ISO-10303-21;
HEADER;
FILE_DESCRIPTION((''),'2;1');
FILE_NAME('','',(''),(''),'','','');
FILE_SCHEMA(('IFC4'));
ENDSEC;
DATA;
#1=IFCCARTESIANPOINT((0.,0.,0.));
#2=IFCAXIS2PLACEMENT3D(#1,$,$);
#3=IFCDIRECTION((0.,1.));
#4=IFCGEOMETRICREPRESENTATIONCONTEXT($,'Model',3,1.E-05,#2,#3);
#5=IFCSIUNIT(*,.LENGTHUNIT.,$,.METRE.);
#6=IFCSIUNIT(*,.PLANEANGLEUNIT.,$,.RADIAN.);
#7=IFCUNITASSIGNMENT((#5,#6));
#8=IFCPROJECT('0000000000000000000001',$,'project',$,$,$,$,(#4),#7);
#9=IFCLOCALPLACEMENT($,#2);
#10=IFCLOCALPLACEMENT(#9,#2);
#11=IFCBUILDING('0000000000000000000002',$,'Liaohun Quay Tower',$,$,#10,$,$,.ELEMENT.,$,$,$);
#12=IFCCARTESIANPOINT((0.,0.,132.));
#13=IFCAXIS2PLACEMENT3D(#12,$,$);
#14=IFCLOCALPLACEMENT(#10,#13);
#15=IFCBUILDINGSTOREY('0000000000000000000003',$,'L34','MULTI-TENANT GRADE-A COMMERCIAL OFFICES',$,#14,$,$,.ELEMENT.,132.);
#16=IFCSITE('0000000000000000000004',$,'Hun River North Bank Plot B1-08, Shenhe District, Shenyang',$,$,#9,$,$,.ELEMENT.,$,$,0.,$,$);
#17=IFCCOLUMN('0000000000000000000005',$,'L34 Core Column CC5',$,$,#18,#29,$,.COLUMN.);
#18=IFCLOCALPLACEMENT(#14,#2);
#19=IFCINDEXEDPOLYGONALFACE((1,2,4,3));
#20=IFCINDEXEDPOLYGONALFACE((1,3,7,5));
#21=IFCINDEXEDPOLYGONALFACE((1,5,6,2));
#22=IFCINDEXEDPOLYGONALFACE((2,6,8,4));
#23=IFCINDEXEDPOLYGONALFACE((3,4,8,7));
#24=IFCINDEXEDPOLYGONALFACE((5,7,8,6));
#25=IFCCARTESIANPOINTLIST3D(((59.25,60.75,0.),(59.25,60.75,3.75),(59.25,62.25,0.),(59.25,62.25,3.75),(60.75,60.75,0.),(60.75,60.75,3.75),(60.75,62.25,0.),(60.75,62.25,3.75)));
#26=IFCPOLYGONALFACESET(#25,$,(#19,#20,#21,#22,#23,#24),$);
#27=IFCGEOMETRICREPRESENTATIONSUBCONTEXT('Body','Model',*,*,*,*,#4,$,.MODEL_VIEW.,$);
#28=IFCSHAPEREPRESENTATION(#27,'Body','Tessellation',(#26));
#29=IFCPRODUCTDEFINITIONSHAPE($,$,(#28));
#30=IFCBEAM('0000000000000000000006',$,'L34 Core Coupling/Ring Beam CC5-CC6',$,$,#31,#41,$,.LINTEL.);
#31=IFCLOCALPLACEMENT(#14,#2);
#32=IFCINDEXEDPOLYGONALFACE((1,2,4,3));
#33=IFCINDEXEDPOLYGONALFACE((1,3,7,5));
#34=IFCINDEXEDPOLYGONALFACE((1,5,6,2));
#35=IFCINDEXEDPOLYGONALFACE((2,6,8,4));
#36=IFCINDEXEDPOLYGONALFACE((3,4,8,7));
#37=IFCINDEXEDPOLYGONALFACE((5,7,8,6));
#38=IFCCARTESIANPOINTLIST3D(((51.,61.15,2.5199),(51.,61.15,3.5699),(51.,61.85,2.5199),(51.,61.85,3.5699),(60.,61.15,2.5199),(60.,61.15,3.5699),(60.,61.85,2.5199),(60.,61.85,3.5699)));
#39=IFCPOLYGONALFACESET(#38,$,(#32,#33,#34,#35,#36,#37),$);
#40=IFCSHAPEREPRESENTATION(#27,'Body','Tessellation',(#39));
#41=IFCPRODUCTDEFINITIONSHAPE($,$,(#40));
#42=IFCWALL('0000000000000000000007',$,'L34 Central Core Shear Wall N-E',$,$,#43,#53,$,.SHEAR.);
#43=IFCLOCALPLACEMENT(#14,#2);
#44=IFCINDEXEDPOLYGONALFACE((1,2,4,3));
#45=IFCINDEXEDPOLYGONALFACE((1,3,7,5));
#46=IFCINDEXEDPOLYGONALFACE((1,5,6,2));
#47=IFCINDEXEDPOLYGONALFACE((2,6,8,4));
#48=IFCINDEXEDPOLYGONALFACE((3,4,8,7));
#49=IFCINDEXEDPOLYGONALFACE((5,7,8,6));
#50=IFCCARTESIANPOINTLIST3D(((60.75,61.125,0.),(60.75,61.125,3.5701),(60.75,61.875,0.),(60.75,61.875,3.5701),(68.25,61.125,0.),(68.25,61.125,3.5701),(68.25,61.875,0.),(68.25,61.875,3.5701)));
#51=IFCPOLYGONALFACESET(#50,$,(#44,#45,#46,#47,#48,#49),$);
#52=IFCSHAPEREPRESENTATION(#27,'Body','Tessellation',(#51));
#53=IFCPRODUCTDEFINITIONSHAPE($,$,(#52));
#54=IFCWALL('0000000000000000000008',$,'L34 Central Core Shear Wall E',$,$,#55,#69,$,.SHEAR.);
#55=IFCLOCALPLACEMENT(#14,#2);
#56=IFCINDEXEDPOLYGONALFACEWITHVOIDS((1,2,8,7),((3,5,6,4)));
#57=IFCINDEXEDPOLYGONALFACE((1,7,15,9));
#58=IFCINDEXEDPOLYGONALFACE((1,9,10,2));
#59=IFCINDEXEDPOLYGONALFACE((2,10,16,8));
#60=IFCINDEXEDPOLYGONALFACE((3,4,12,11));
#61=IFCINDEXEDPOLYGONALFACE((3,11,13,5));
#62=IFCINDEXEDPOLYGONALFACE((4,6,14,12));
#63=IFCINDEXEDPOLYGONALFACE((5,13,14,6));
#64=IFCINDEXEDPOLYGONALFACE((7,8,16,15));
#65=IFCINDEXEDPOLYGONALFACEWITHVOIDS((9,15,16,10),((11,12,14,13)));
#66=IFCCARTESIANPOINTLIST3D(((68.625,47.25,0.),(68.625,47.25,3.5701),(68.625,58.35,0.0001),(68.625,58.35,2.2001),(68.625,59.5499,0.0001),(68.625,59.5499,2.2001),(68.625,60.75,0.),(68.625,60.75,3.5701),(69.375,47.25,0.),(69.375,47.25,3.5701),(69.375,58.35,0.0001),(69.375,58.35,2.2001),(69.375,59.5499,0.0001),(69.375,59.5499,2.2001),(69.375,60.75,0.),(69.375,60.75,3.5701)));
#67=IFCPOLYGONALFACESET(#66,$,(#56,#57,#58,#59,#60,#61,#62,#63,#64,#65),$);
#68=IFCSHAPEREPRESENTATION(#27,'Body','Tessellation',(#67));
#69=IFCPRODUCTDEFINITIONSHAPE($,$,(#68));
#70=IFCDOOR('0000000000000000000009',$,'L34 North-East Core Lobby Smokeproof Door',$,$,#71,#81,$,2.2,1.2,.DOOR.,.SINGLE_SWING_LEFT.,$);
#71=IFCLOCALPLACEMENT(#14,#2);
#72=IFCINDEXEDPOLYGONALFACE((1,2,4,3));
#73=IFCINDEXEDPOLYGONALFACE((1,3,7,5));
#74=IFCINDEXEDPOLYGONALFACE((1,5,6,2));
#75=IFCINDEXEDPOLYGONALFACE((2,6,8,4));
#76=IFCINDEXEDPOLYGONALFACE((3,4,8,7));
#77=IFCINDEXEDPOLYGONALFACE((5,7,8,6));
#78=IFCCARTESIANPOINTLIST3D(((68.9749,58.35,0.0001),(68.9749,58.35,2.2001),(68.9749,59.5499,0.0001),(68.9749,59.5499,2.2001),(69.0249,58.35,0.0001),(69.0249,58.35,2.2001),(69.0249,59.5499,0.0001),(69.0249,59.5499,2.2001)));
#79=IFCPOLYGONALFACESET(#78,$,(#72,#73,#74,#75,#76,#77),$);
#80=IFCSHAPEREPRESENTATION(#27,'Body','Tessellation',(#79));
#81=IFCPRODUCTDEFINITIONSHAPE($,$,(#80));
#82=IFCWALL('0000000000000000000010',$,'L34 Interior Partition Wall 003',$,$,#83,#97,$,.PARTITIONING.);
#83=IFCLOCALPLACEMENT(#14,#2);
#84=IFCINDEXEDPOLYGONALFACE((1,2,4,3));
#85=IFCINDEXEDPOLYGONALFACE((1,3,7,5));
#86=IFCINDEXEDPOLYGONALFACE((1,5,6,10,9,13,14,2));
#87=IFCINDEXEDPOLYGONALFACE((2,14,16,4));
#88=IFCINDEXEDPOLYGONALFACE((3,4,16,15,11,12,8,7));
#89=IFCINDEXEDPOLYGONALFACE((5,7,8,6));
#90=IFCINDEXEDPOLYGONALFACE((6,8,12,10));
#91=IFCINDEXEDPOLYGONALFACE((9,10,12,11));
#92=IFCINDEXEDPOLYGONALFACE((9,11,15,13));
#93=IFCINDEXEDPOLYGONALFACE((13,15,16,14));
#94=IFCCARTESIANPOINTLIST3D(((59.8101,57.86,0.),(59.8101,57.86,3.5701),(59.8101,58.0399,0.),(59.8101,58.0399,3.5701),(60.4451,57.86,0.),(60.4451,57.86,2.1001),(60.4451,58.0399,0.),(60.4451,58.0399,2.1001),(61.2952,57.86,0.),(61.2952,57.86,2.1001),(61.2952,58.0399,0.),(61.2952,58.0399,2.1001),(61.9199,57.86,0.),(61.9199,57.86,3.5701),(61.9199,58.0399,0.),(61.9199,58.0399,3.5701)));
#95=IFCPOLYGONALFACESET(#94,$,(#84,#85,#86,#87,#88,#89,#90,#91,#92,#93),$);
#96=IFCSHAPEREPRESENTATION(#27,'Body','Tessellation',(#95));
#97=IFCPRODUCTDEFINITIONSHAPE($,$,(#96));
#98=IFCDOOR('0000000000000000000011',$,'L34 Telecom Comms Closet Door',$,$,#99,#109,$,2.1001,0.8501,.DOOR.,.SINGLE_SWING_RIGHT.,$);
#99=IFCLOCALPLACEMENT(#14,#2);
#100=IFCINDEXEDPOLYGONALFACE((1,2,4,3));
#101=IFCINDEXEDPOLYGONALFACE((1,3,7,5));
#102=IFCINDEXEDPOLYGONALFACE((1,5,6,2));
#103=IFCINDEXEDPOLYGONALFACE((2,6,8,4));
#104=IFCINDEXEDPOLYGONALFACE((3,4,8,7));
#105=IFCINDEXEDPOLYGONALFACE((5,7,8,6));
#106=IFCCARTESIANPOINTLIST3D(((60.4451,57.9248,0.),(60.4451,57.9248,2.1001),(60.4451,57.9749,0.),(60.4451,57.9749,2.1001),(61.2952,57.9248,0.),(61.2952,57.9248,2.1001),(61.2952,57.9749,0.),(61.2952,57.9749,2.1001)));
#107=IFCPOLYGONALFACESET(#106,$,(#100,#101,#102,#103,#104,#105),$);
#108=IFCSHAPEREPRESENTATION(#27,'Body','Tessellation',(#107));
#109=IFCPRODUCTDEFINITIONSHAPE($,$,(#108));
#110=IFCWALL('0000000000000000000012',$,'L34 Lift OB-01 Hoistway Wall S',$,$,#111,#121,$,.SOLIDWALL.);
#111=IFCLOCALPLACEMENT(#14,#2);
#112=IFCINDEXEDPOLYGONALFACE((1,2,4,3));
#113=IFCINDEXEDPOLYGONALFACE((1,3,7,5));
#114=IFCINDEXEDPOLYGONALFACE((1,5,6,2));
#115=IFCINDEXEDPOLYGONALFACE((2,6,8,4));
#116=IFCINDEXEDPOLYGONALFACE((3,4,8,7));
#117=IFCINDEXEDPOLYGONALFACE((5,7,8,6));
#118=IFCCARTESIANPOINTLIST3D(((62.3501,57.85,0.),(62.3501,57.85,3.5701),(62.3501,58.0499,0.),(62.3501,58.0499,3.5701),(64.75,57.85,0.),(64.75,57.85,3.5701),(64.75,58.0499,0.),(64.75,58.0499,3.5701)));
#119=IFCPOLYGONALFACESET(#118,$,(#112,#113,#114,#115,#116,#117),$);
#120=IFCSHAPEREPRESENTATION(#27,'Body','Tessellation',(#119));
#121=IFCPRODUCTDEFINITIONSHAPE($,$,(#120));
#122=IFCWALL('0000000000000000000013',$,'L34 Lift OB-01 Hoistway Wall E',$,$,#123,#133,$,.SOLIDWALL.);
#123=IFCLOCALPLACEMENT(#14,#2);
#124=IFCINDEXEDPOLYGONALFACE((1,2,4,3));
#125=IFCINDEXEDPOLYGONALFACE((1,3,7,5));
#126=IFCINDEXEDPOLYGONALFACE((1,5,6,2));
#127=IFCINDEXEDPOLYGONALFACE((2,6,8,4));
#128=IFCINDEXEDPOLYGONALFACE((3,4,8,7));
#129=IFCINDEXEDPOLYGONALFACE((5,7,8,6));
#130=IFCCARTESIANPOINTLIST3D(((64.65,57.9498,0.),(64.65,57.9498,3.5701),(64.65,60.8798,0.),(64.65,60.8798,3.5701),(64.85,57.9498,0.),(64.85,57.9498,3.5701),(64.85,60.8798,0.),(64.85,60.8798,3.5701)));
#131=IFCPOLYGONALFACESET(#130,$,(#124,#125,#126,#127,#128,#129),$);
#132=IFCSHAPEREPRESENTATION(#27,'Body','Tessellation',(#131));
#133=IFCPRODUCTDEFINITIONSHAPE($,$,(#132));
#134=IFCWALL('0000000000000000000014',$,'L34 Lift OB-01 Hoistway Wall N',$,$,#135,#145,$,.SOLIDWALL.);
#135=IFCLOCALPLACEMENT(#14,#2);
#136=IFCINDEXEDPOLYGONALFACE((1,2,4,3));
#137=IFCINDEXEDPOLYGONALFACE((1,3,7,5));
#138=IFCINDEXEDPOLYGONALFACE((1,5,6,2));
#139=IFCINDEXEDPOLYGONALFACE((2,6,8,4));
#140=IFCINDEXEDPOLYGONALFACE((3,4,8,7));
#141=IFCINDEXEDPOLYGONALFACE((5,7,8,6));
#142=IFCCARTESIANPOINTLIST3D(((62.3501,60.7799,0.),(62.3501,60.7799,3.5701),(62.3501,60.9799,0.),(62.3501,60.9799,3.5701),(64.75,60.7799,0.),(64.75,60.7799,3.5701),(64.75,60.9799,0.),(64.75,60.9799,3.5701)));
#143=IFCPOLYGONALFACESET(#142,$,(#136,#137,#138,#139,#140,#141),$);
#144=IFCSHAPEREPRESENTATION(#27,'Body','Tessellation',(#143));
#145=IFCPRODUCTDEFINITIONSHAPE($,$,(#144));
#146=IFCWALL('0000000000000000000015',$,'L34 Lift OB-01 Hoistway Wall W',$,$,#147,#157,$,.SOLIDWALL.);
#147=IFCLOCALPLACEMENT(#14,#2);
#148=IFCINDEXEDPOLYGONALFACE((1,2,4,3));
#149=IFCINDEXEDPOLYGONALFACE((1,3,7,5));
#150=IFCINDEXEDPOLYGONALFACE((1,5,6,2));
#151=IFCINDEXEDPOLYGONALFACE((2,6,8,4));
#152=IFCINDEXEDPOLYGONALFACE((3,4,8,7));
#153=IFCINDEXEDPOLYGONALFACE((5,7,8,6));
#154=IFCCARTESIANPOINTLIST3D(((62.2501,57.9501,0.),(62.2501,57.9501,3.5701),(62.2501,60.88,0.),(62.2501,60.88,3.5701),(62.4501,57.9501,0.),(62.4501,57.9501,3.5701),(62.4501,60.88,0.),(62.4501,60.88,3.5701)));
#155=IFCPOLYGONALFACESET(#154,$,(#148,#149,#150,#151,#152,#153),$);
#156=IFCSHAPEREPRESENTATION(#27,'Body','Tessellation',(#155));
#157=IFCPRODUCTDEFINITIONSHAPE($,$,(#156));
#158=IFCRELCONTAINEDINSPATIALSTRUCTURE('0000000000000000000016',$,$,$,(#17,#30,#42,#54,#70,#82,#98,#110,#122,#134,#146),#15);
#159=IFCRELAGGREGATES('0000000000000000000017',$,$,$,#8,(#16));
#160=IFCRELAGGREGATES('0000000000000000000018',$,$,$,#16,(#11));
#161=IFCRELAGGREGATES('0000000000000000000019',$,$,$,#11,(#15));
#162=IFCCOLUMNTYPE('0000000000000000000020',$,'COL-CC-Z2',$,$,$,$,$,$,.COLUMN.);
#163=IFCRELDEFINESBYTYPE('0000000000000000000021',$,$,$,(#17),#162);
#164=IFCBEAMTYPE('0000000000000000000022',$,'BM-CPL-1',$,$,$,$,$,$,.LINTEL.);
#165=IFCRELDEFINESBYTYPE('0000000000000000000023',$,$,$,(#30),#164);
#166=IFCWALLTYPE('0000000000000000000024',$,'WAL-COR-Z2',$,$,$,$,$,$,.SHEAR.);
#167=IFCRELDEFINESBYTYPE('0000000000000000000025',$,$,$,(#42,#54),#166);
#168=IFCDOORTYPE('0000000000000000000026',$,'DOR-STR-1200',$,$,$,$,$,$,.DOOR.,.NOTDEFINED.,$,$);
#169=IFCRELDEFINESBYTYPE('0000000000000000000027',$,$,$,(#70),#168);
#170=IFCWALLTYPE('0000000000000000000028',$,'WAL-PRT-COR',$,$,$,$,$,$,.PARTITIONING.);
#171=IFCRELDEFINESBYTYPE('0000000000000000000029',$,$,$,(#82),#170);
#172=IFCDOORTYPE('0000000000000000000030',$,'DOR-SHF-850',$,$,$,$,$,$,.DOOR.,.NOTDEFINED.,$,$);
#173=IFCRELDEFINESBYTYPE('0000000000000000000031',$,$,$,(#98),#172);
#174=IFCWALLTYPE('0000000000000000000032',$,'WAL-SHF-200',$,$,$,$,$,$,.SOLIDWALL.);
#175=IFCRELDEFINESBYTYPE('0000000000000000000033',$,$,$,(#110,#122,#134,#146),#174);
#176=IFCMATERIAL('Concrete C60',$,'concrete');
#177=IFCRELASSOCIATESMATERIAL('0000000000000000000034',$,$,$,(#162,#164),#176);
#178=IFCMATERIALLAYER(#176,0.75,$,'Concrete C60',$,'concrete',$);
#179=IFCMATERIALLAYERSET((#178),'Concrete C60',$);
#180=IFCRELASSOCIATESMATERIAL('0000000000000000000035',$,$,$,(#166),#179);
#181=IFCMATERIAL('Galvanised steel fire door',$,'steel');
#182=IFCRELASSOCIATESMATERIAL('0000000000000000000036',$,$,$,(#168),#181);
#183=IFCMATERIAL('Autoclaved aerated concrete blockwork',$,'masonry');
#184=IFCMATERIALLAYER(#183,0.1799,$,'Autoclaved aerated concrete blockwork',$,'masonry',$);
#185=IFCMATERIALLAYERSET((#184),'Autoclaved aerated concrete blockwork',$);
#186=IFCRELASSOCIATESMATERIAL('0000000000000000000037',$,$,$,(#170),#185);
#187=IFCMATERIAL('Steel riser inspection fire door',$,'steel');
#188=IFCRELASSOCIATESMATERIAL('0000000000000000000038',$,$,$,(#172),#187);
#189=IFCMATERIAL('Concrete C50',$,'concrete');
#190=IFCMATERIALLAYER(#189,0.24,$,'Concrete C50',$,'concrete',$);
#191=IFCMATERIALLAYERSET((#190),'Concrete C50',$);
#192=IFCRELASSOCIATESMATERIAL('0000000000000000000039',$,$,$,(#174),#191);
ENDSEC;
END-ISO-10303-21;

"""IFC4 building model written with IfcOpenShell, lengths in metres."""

from ifc_helpers import new_model, si_unit, direction, frame, frame_2d, origin, origin_2d, place, context, subcontext, project, spatial, rectangle, extrude, source, transform, mapped, material, layer, layer_set, material_profile, profile_set, type_object, element, fill, save


model = new_model("IFC4")

# Units and contexts
model_context = context("Model", 3, precision=1e-05, world=origin(), true_north=direction((0.0, 1.0)))
body_context = subcontext(model_context, "Body", "Model", "MODEL_VIEW")
ifc_project = project(units=[si_unit("LENGTHUNIT", "METRE"), si_unit("PLANEANGLEUNIT", "RADIAN")], contexts=[model_context])

# Site, building, storey
site_placement = place(None, origin())
site = spatial("IfcSite", under=ifc_project, at=site_placement, Name="Hun River North Bank Plot B1-08, Shenhe District, Shenyang", CompositionType="ELEMENT", RefElevation=0.0)
building_placement = place(site_placement, origin())
building = spatial("IfcBuilding", under=site, at=building_placement, Name="Liaohun Quay Tower", CompositionType="ELEMENT")
storey_placement = place(building_placement, frame((0.0, 0.0, 132.0)))
storey = spatial("IfcBuildingStorey", under=building, at=storey_placement, Name="L34", Description="MULTI-TENANT GRADE-A COMMERCIAL OFFICES", CompositionType="ELEMENT", Elevation=132.0)

# Column
ifc_material_1 = material(Name="Concrete C60", Category="concrete")
ifc_material_profile_1 = material_profile(ifc_material_1, rectangle(XDim=1.5, YDim=1.5, at=origin_2d()), Name="RC1500x1500")
ifc_profile_set_1 = profile_set([ifc_material_profile_1], Name="Concrete C60")
column_type = type_object("IfcColumnType", Name="COL-CC-Z2", PredefinedType="COLUMN", material=ifc_profile_set_1)
shared_shape_1 = source(origin(), body_context, "Body", "SweptSolid", [
    extrude(rectangle(XDim=1.5, YDim=1.5, at=origin_2d()), origin(), (0.0, 0.0, 1.0), 3.75),
])
column_placement = place(storey_placement, frame((60.0, 61.5, 0.0), z_axis=(0.0, 0.0, 1.0), x_axis=(1.0, 0.0, 0.0)))
element("IfcColumn", 1, at=column_placement, inside=storey, type_object=column_type, Name="L34 Core Column CC5", PredefinedType="COLUMN", context=body_context, shape_type="MappedRepresentation", body=[
    mapped(shared_shape_1, transform((0.0, 0.0, 0.0), x_axis=(1.0, 0.0, 0.0), y_axis=(0.0, 1.0, 0.0), z_axis=(0.0, 0.0, 1.0), scale=1.0)),
])

# Beam
ifc_material_profile_2 = material_profile(ifc_material_1, rectangle(XDim=0.7, YDim=1.05, at=origin_2d()), Name="RC700x1050")
ifc_profile_set_2 = profile_set([ifc_material_profile_2], Name="Concrete C60")
beam_type = type_object("IfcBeamType", Name="BM-CPL-1", PredefinedType="LINTEL", material=ifc_profile_set_2)
shared_shape_2 = source(origin(), body_context, "Body", "SweptSolid", [
    extrude(rectangle(XDim=0.7, YDim=1.05, at=origin_2d()), origin(), (0.0, 0.0, 1.0), 9.0),
])
beam_placement = place(storey_placement, frame((60.0, 61.5, 3.0449), z_axis=(-1.0, 0.0, 0.0), x_axis=(0.0, -1.0, 0.0)))
element("IfcBeam", 2, at=beam_placement, inside=storey, type_object=beam_type, Name="L34 Core Coupling/Ring Beam CC5-CC6", PredefinedType="LINTEL", context=body_context, shape_type="MappedRepresentation", body=[
    mapped(shared_shape_2, transform((0.0, 0.0, 0.0), x_axis=(1.0, 0.0, 0.0), y_axis=(0.0, 1.0, 0.0), z_axis=(0.0, 0.0, 1.0), scale=1.0)),
])

# Wall
ifc_layer_1 = layer(ifc_material_1, 0.75, Name="Concrete C60", Category="concrete")
ifc_layer_set_1 = layer_set([ifc_layer_1], Name="Concrete C60")
wall_type_1 = type_object("IfcWallType", Name="WAL-COR-Z2", PredefinedType="SHEAR", material=ifc_layer_set_1)
wall_1_placement = place(storey_placement, frame((60.75, 61.5, 0.0), z_axis=(0.0, 0.0, 1.0), x_axis=(1.0, 0.0, 0.0)))
element("IfcWall", 3, at=wall_1_placement, inside=storey, type_object=wall_type_1, Name="L34 Central Core Shear Wall N-E", PredefinedType="SHEAR", context=body_context, shape_type="SweptSolid", body=[
    extrude(rectangle(XDim=7.5, YDim=0.75, at=frame_2d((3.75, 0.0))), origin(), (0.0, 0.0, 1.0), 3.5701),
])

# Walls, openings, doors
wall_2_placement = place(storey_placement, frame((69.0, 60.75, 0.0), z_axis=(0.0, 0.0, 1.0), x_axis=(0.0, -1.0, 0.0)))
wall_2 = element("IfcWall", 4, at=wall_2_placement, inside=storey, type_object=wall_type_1, Name="L34 Central Core Shear Wall E", PredefinedType="SHEAR", context=body_context, shape_type="SweptSolid", body=[
    extrude(rectangle(XDim=13.5, YDim=0.75, at=frame_2d((6.75, 0.0))), origin(), (0.0, 0.0, 1.0), 3.5701),
])
shared_shape_3 = source(origin(), body_context, "Body", "SweptSolid", [
    extrude(rectangle(XDim=1.2, YDim=2.2, at=frame_2d((0.6001, 1.1001))), frame((0.0, 0.385, 0.0), z_axis=(0.0, -1.0, 0.0), x_axis=(1.0, 0.0, 0.0)), (0.0, 0.0, 1.0), 0.77),
])
opening_1_placement = place(wall_2_placement, frame((1.2, 0.0, 0.0)))
opening_1 = element("IfcOpeningElement", 5, at=opening_1_placement, cuts=wall_2, PredefinedType="OPENING", context=body_context, shape_type="MappedRepresentation", body=[
    mapped(shared_shape_3, transform((0.0, 0.0, 0.0), x_axis=(1.0, 0.0, 0.0), y_axis=(0.0, 1.0, 0.0), z_axis=(0.0, 0.0, 1.0), scale=1.0)),
])
ifc_material_2 = material(Name="Galvanised steel fire door", Category="steel")
door_type_1 = type_object("IfcDoorType", Name="DOR-STR-1200", OperationType="NOTDEFINED", PredefinedType="DOOR", material=ifc_material_2)
shared_shape_4 = source(origin(), body_context, "Body", "SweptSolid", [
    extrude(rectangle(XDim=1.2, YDim=2.2, at=frame_2d((0.6001, 1.1001))), frame((0.0, 0.0249, 0.0), z_axis=(0.0, -1.0, 0.0), x_axis=(1.0, 0.0, 0.0)), (0.0, 0.0, 1.0), 0.05),
])
door_1_placement = place(opening_1_placement, origin())
door_1 = element("IfcDoor", 6, at=door_1_placement, inside=storey, type_object=door_type_1, Name="L34 North-East Core Lobby Smokeproof Door", OperationType="SINGLE_SWING_LEFT", OverallHeight=2.2, OverallWidth=1.2, PredefinedType="DOOR", context=body_context, shape_type="MappedRepresentation", body=[
    mapped(shared_shape_4, transform((0.0, 0.0, 0.0), x_axis=(1.0, 0.0, 0.0), y_axis=(0.0, 1.0, 0.0), z_axis=(0.0, 0.0, 1.0), scale=1.0)),
])
fill(opening_1, door_1)
ifc_material_3 = material(Name="Autoclaved aerated concrete blockwork", Category="masonry")
ifc_layer_2 = layer(ifc_material_3, 0.1799, Name="Autoclaved aerated concrete blockwork", Category="masonry")
ifc_layer_set_2 = layer_set([ifc_layer_2], Name="Autoclaved aerated concrete blockwork")
wall_type_2 = type_object("IfcWallType", Name="WAL-PRT-COR", PredefinedType="PARTITIONING", material=ifc_layer_set_2)
wall_3_placement = place(storey_placement, frame((59.8101, 57.95, 0.0), z_axis=(0.0, 0.0, 1.0), x_axis=(1.0, 0.0, 0.0)))
wall_3 = element("IfcWall", 7, at=wall_3_placement, inside=storey, type_object=wall_type_2, Name="L34 Interior Partition Wall 003", PredefinedType="PARTITIONING", context=body_context, shape_type="SweptSolid", body=[
    extrude(rectangle(XDim=2.1099, YDim=0.1799, at=frame_2d((1.0549, 0.0))), origin(), (0.0, 0.0, 1.0), 3.5701),
])
shared_shape_5 = source(origin(), body_context, "Body", "SweptSolid", [
    extrude(rectangle(XDim=0.8501, YDim=2.1001, at=frame_2d((0.425, 1.05))), frame((0.0, 0.0999, 0.0), z_axis=(0.0, -1.0, 0.0), x_axis=(1.0, 0.0, 0.0)), (0.0, 0.0, 1.0), 0.2),
])
opening_2_placement = place(wall_3_placement, frame((0.635, 0.0, 0.0)))
opening_2 = element("IfcOpeningElement", 8, at=opening_2_placement, cuts=wall_3, PredefinedType="OPENING", context=body_context, shape_type="MappedRepresentation", body=[
    mapped(shared_shape_5, transform((0.0, 0.0, 0.0), x_axis=(1.0, 0.0, 0.0), y_axis=(0.0, 1.0, 0.0), z_axis=(0.0, 0.0, 1.0), scale=1.0)),
])
ifc_material_4 = material(Name="Steel riser inspection fire door", Category="steel")
door_type_2 = type_object("IfcDoorType", Name="DOR-SHF-850", OperationType="NOTDEFINED", PredefinedType="DOOR", material=ifc_material_4)
shared_shape_6 = source(origin(), body_context, "Body", "SweptSolid", [
    extrude(rectangle(XDim=0.8501, YDim=2.1001, at=frame_2d((0.425, 1.05))), frame((0.0, 0.0249, 0.0), z_axis=(0.0, -1.0, 0.0), x_axis=(1.0, 0.0, 0.0)), (0.0, 0.0, 1.0), 0.05),
])
door_2_placement = place(opening_2_placement, origin())
door_2 = element("IfcDoor", 9, at=door_2_placement, inside=storey, type_object=door_type_2, Name="L34 Telecom Comms Closet Door", OperationType="SINGLE_SWING_RIGHT", OverallHeight=2.1001, OverallWidth=0.8501, PredefinedType="DOOR", context=body_context, shape_type="MappedRepresentation", body=[
    mapped(shared_shape_6, transform((0.0, 0.0, 0.0), x_axis=(1.0, 0.0, 0.0), y_axis=(0.0, 1.0, 0.0), z_axis=(0.0, 0.0, 1.0), scale=1.0)),
])
fill(opening_2, door_2)

# Walls
ifc_material_5 = material(Name="Concrete C50", Category="concrete")
ifc_layer_3 = layer(ifc_material_5, 0.24, Name="Concrete C50", Category="concrete")
ifc_layer_set_3 = layer_set([ifc_layer_3], Name="Concrete C50")
wall_type_3 = type_object("IfcWallType", Name="WAL-SHF-200", PredefinedType="SOLIDWALL", material=ifc_layer_set_3)
wall_4_placement = place(storey_placement, frame((62.3501, 57.95, 0.0), z_axis=(0.0, 0.0, 1.0), x_axis=(1.0, 0.0, 0.0)))
element("IfcWall", 10, at=wall_4_placement, inside=storey, type_object=wall_type_3, Name="L34 Lift OB-01 Hoistway Wall S", PredefinedType="SOLIDWALL", context=body_context, shape_type="SweptSolid", body=[
    extrude(rectangle(XDim=2.3999, YDim=0.2, at=frame_2d((1.2, 0.0))), origin(), (0.0, 0.0, 1.0), 3.5701),
])
wall_5_placement = place(storey_placement, frame((64.75, 57.95, 0.0), z_axis=(0.0, 0.0, 1.0), x_axis=(0.0, 1.0, 0.0)))
element("IfcWall", 11, at=wall_5_placement, inside=storey, type_object=wall_type_3, Name="L34 Lift OB-01 Hoistway Wall E", PredefinedType="SOLIDWALL", context=body_context, shape_type="SweptSolid", body=[
    extrude(rectangle(XDim=2.9299, YDim=0.2, at=frame_2d((1.4648, 0.0))), origin(), (0.0, 0.0, 1.0), 3.5701),
])
wall_6_placement = place(storey_placement, frame((64.75, 60.8799, 0.0), z_axis=(0.0, 0.0, 1.0), x_axis=(-1.0, 0.0, 0.0)))
element("IfcWall", 12, at=wall_6_placement, inside=storey, type_object=wall_type_3, Name="L34 Lift OB-01 Hoistway Wall N", PredefinedType="SOLIDWALL", context=body_context, shape_type="SweptSolid", body=[
    extrude(rectangle(XDim=2.3999, YDim=0.2, at=frame_2d((1.2, 0.0))), origin(), (0.0, 0.0, 1.0), 3.5701),
])
wall_7_placement = place(storey_placement, frame((62.3501, 60.8799, 0.0), z_axis=(0.0, 0.0, 1.0), x_axis=(0.0, -1.0, 0.0)))
element("IfcWall", 13, at=wall_7_placement, inside=storey, type_object=wall_type_3, Name="L34 Lift OB-01 Hoistway Wall W", PredefinedType="SOLIDWALL", context=body_context, shape_type="SweptSolid", body=[
    extrude(rectangle(XDim=2.9299, YDim=0.2, at=frame_2d((1.4648, 0.0))), origin(), (0.0, 0.0, 1.0), 3.5701),
])

save(model, "model.ifc")
